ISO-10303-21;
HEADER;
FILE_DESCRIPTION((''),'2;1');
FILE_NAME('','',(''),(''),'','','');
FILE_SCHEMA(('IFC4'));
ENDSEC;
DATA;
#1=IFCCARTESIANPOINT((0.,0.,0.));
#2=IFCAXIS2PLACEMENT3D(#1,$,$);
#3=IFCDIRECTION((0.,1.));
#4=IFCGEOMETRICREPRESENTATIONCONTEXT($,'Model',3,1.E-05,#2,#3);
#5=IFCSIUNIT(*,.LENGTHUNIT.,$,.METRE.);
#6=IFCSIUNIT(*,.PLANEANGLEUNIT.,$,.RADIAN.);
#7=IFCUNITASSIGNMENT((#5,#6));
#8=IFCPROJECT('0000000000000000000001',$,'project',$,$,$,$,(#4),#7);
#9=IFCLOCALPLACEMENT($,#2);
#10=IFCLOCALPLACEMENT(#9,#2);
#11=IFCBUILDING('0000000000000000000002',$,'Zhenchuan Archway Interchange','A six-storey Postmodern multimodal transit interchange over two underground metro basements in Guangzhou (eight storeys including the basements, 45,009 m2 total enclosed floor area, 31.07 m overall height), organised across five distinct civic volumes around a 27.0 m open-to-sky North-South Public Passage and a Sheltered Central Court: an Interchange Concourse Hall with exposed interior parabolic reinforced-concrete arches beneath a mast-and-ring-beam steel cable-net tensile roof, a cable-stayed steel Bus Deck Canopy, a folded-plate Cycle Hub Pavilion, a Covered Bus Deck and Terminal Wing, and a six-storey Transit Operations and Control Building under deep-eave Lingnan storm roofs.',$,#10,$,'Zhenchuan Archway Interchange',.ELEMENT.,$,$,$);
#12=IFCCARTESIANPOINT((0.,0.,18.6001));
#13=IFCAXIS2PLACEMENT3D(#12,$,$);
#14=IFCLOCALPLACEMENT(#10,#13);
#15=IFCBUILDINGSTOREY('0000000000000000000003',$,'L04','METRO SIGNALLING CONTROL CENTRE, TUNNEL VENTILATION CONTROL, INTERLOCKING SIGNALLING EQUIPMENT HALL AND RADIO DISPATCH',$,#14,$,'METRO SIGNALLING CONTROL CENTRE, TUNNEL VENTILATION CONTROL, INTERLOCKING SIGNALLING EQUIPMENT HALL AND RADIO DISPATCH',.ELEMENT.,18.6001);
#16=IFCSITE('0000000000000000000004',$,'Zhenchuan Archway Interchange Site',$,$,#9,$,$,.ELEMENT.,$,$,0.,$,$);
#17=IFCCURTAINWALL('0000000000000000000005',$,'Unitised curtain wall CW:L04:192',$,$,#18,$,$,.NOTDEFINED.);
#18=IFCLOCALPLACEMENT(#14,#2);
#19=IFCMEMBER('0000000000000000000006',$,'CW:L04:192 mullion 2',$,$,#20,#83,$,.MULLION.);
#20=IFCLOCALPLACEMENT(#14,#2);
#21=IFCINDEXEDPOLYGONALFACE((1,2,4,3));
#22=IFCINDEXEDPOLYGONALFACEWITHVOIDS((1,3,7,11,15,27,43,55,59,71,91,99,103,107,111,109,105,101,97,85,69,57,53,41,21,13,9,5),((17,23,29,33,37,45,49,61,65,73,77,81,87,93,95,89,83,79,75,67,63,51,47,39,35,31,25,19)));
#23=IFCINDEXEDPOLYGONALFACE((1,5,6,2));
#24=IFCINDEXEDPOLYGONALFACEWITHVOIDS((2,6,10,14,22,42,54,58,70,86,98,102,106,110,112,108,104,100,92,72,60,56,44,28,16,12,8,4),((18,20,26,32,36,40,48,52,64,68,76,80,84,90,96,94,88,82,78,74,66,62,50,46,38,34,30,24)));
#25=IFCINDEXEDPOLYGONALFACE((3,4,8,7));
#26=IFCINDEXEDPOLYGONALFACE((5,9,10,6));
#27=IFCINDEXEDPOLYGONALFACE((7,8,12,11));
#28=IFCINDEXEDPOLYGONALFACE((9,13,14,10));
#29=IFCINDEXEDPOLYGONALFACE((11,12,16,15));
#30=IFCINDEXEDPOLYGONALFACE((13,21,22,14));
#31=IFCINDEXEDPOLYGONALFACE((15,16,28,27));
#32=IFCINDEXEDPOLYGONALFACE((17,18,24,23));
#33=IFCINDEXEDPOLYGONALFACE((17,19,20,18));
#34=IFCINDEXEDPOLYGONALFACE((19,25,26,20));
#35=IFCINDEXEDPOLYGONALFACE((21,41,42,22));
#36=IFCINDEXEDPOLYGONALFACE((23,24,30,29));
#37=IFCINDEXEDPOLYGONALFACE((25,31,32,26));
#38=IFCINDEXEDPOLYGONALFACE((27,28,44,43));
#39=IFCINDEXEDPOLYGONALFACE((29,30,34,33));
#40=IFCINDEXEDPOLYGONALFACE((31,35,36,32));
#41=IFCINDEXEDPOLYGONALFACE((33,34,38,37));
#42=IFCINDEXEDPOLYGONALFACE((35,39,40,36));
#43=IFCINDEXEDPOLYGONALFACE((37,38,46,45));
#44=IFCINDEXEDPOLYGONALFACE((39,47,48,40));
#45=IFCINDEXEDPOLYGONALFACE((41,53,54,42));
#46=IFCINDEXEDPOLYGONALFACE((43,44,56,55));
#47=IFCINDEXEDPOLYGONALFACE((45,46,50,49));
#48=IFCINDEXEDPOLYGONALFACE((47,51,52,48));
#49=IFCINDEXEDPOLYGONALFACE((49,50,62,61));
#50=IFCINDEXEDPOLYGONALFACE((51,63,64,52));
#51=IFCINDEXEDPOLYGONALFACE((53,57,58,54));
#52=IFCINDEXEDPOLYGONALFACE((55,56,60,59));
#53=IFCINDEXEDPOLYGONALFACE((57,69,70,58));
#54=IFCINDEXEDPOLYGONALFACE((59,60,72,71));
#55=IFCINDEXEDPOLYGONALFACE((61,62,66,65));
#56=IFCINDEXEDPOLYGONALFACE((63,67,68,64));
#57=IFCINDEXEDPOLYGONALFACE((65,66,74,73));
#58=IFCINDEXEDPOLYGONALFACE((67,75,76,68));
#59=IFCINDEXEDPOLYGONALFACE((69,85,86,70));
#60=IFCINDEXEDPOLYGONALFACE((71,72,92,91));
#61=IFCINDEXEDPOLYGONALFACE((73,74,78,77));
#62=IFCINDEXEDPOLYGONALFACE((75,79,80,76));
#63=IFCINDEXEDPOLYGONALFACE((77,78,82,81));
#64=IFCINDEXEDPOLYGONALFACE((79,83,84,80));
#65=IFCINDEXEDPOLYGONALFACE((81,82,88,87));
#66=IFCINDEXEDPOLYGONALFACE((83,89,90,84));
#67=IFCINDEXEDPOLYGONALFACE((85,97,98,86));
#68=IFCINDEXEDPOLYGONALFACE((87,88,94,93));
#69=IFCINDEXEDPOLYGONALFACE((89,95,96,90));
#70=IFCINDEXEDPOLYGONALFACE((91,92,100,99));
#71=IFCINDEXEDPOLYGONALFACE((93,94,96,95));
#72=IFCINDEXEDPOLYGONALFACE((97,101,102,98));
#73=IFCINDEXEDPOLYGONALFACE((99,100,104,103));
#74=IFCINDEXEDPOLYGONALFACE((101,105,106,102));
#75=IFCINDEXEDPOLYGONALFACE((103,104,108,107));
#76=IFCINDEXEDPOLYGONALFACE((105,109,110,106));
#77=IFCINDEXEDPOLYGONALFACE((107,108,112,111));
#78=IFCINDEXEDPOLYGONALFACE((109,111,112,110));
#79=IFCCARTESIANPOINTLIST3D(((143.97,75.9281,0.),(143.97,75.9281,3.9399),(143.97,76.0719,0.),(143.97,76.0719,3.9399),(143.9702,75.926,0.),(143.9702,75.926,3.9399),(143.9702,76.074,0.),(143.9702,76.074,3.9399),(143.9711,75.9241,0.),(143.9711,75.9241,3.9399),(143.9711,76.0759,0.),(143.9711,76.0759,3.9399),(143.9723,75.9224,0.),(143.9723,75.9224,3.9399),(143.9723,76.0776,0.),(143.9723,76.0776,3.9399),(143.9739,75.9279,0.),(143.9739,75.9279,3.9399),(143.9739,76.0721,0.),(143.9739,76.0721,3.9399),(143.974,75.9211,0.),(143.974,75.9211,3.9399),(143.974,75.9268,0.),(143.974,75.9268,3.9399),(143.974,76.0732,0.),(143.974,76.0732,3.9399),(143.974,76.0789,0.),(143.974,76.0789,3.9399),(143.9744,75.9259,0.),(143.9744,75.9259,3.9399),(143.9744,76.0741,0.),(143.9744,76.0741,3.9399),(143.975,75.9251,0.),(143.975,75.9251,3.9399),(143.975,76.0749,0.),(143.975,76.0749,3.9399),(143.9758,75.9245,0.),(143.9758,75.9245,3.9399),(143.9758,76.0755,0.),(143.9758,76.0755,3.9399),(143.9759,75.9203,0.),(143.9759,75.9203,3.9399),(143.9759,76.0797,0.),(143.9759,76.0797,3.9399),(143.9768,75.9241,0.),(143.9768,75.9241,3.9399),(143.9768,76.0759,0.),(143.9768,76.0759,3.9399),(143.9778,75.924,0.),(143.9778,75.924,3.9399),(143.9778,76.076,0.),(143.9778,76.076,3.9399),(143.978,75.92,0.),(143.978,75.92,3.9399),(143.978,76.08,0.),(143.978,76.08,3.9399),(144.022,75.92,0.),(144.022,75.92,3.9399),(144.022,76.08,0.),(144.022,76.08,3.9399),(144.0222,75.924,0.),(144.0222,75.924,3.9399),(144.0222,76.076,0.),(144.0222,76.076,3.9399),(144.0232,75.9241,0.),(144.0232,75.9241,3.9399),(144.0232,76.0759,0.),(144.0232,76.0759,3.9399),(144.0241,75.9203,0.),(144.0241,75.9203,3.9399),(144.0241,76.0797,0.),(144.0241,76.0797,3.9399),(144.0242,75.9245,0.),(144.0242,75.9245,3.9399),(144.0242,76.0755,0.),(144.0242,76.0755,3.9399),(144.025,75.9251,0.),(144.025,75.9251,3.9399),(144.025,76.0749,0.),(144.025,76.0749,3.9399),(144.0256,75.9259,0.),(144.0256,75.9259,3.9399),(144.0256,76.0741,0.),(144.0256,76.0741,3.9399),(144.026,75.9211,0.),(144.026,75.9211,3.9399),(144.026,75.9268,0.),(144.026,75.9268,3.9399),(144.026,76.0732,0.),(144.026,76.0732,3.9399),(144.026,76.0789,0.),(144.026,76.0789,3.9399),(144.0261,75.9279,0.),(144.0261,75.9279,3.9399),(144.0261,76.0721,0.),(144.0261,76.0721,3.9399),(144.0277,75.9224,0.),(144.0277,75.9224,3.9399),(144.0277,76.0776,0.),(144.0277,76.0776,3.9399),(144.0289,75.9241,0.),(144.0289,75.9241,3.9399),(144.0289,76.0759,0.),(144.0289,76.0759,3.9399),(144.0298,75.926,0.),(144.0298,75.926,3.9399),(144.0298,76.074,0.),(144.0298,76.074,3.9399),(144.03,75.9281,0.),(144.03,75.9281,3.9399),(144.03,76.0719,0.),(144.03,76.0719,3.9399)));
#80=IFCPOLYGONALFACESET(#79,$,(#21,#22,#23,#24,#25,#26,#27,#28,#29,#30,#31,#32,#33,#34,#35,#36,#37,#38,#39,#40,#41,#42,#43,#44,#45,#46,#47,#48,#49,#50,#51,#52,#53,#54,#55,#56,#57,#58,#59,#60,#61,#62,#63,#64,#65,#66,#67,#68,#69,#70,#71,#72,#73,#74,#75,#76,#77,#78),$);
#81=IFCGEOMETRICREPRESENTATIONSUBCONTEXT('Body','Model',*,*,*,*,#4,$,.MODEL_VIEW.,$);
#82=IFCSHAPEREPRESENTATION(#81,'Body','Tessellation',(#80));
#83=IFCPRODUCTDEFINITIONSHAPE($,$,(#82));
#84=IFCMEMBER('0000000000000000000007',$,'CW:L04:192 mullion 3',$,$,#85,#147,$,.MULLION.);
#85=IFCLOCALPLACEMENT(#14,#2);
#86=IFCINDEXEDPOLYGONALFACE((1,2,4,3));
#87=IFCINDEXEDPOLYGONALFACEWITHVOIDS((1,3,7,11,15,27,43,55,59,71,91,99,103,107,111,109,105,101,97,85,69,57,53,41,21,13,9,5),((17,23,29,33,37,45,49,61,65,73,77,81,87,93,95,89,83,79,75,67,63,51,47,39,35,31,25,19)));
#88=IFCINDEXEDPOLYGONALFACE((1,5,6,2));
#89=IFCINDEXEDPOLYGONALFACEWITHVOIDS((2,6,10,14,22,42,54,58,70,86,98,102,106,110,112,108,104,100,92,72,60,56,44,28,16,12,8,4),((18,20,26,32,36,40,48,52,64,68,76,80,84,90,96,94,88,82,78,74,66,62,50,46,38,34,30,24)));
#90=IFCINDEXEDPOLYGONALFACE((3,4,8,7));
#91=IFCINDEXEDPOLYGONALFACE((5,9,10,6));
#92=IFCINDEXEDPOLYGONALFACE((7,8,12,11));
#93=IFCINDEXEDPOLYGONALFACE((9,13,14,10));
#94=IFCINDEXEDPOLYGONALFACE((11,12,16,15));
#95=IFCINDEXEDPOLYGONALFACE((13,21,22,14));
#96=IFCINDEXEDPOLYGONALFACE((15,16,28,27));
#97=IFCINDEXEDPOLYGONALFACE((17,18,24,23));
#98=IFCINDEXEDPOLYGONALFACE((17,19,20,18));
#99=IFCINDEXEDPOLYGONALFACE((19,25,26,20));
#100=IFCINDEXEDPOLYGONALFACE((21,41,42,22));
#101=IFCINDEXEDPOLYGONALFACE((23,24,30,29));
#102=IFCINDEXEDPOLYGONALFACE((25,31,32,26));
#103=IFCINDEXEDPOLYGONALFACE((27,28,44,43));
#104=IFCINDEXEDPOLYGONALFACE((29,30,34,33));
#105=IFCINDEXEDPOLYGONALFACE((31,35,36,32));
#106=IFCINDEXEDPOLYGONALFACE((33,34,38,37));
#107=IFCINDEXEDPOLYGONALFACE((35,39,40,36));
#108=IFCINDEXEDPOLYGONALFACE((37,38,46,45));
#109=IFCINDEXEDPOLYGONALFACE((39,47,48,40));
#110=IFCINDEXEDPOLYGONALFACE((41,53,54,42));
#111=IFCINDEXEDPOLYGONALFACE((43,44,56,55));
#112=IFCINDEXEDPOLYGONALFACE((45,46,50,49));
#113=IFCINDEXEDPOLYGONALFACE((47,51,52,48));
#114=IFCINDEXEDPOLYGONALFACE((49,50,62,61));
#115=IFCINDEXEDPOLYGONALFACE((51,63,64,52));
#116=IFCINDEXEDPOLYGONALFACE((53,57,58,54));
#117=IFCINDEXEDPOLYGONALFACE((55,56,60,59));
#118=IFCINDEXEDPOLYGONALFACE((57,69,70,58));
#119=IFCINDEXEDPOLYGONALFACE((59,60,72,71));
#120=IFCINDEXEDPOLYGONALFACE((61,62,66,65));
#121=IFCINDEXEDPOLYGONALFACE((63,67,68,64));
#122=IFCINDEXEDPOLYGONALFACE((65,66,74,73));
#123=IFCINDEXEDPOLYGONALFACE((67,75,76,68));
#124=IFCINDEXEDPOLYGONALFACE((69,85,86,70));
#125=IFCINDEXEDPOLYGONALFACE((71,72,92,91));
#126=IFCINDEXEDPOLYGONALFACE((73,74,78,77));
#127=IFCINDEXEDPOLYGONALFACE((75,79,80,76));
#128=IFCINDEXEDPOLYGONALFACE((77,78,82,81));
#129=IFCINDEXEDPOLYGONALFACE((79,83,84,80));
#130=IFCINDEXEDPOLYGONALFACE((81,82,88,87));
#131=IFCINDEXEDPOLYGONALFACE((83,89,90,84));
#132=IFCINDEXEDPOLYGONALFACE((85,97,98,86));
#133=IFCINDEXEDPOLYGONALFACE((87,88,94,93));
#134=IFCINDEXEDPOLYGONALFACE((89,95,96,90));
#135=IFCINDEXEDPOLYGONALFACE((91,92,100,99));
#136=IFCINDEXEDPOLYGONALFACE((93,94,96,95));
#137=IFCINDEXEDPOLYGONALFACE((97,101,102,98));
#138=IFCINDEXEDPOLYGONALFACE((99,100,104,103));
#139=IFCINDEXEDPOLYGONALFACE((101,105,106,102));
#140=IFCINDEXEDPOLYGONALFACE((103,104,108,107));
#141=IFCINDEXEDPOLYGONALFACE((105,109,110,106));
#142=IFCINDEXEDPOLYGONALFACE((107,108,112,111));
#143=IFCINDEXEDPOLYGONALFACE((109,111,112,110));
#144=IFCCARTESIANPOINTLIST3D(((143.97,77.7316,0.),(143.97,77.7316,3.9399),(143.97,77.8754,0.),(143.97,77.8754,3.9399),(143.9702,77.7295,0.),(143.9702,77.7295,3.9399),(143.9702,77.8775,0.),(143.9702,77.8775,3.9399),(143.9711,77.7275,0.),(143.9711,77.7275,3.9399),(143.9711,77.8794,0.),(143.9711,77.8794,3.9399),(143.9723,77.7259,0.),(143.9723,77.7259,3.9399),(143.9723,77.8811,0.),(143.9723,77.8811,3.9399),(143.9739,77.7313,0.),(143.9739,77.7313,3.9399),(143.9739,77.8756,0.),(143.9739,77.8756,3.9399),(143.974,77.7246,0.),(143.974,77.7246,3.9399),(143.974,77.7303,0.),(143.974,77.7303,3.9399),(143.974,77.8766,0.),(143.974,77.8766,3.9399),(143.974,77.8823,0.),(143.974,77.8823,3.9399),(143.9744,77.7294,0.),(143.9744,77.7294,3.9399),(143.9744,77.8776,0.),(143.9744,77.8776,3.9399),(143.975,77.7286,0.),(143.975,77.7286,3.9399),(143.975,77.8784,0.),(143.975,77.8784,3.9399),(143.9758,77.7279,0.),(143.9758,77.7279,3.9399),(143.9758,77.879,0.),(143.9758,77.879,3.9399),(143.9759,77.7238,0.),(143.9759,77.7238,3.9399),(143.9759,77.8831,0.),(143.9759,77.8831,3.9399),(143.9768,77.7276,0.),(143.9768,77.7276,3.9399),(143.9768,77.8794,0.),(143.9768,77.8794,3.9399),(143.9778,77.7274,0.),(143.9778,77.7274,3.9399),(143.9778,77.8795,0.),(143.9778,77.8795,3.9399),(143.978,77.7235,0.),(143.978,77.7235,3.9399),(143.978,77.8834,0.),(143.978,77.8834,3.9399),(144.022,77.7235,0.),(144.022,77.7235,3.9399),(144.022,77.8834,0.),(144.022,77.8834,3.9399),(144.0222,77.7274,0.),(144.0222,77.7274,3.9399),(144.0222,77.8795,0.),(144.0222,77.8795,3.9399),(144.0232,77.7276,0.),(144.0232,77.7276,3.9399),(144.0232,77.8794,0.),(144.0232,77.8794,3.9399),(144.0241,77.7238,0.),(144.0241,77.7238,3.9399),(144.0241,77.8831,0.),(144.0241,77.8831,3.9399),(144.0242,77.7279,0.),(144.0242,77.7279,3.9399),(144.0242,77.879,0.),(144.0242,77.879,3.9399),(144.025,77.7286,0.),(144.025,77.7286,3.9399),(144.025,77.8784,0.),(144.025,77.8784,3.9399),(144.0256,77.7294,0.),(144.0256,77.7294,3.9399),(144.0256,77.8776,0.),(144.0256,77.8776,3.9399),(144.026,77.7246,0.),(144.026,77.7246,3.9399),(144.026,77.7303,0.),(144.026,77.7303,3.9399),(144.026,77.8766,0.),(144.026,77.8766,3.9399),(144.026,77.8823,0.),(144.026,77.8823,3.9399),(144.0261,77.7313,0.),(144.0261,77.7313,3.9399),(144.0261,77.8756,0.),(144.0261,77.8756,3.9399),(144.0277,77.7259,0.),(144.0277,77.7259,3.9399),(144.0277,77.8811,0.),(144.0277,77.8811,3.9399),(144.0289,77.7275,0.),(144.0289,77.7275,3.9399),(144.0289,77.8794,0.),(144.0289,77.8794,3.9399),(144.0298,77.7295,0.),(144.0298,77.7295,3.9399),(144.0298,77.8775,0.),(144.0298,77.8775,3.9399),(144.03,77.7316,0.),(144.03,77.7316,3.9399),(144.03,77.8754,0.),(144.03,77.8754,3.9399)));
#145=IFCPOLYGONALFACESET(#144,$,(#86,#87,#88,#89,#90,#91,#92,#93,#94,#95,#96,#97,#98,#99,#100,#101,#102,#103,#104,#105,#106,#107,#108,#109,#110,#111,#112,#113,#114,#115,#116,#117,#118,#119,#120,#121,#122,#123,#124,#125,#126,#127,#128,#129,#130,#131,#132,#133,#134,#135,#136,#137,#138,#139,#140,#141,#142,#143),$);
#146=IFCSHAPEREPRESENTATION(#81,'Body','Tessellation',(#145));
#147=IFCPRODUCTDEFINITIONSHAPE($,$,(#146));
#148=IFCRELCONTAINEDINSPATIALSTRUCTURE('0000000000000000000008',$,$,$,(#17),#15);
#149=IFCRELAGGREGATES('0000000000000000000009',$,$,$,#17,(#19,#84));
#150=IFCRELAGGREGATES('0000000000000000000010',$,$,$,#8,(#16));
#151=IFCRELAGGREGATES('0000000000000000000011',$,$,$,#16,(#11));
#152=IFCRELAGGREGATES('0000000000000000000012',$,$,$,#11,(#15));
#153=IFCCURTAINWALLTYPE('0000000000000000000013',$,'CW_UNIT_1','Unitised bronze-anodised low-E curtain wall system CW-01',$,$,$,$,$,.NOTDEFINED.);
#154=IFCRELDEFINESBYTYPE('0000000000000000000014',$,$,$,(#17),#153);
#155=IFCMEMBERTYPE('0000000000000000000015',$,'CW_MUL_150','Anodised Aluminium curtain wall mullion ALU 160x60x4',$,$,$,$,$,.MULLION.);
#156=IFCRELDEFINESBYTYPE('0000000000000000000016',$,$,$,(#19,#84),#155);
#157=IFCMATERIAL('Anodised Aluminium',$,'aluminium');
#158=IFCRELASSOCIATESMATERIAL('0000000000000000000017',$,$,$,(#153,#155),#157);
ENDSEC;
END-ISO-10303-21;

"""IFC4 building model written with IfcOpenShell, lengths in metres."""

from ifc_helpers import new_model, si_unit, direction, frame, origin, origin_2d, place, context, subcontext, project, spatial, hollow_rectangle, extrude, material, material_profile, profile_set, type_object, element, aggregate, save


model = new_model("IFC4")

# Units and contexts
model_context = context("Model", 3, precision=1e-05, world=origin(), true_north=direction((0.0, 1.0)))
body_context = subcontext(model_context, "Body", "Model", "MODEL_VIEW")
ifc_project = project(units=[si_unit("LENGTHUNIT", "METRE"), si_unit("PLANEANGLEUNIT", "RADIAN")], contexts=[model_context])

# Site, building, storey
site_placement = place(None, origin())
site = spatial("IfcSite", under=ifc_project, at=site_placement, Name="Zhenchuan Archway Interchange Site", CompositionType="ELEMENT", RefElevation=0.0)
building_placement = place(site_placement, origin())
building = spatial("IfcBuilding", under=site, at=building_placement, Name="Zhenchuan Archway Interchange", Description="A six-storey Postmodern multimodal transit interchange over two underground metro basements in Guangzhou (eight storeys including the basements, 45,009 m2 total enclosed floor area, 31.07 m overall height), organised across five distinct civic volumes around a 27.0 m open-to-sky North-South Public Passage and a Sheltered Central Court: an Interchange Concourse Hall with exposed interior parabolic reinforced-concrete arches beneath a mast-and-ring-beam steel cable-net tensile roof, a cable-stayed steel Bus Deck Canopy, a folded-plate Cycle Hub Pavilion, a Covered Bus Deck and Terminal Wing, and a six-storey Transit Operations and Control Building under deep-eave Lingnan storm roofs.", LongName="Zhenchuan Archway Interchange", CompositionType="ELEMENT")
storey_placement = place(building_placement, frame((0.0, 0.0, 18.6001)))
storey = spatial("IfcBuildingStorey", under=building, at=storey_placement, Name="L04", Description="METRO SIGNALLING CONTROL CENTRE, TUNNEL VENTILATION CONTROL, INTERLOCKING SIGNALLING EQUIPMENT HALL AND RADIO DISPATCH", LongName="METRO SIGNALLING CONTROL CENTRE, TUNNEL VENTILATION CONTROL, INTERLOCKING SIGNALLING EQUIPMENT HALL AND RADIO DISPATCH", CompositionType="ELEMENT", Elevation=18.6001)

# Curtain wall, members
ifc_material_1 = material(Name="Anodised Aluminium", Category="aluminium")
curtain_wall_type = type_object("IfcCurtainWallType", Name="CW_UNIT_1", Description="Unitised bronze-anodised low-E curtain wall system CW-01", PredefinedType="NOTDEFINED", material=ifc_material_1)
curtain_wall_placement = place(storey_placement, origin())
curtain_wall = element("IfcCurtainWall", 1, at=curtain_wall_placement, inside=storey, type_object=curtain_wall_type, Name="Unitised curtain wall CW:L04:192", PredefinedType="NOTDEFINED")
ifc_material_profile_1 = material_profile(ifc_material_1, hollow_rectangle(XDim=0.0601, YDim=0.1599, WallThickness=0.0039, InnerFilletRadius=0.0039, OuterFilletRadius=0.0081, at=origin_2d()), Name="ALU 160x60x4")
ifc_profile_set_1 = profile_set([ifc_material_profile_1], Name="Anodised Aluminium")
member_type_1 = type_object("IfcMemberType", Name="CW_MUL_150", Description="Anodised Aluminium curtain wall mullion ALU 160x60x4", PredefinedType="MULLION", material=ifc_profile_set_1)
member_1_placement = place(storey_placement, frame((144.0, 76.0, 0.0), z_axis=(0.0, 0.0, 1.0), x_axis=(1.0, 0.0, 0.0)))
member_1 = element("IfcMember", 2, at=member_1_placement, type_object=member_type_1, Name="CW:L04:192 mullion 2", PredefinedType="MULLION", context=body_context, shape_type="SweptSolid", body=[
    extrude(hollow_rectangle(XDim=0.0601, YDim=0.1599, WallThickness=0.0039, InnerFilletRadius=0.0039, OuterFilletRadius=0.0081, at=origin_2d()), origin(), (0.0, 0.0, 1.0), 3.9399),
])
member_2_placement = place(storey_placement, frame((144.0, 77.8035, 0.0), z_axis=(0.0, 0.0, 1.0), x_axis=(1.0, 0.0, 0.0)))
member_2 = element("IfcMember", 3, at=member_2_placement, type_object=member_type_1, Name="CW:L04:192 mullion 3", PredefinedType="MULLION", context=body_context, shape_type="SweptSolid", body=[
    extrude(hollow_rectangle(XDim=0.0601, YDim=0.1599, WallThickness=0.0039, InnerFilletRadius=0.0039, OuterFilletRadius=0.0081, at=origin_2d()), origin(), (0.0, 0.0, 1.0), 3.9399),
])

aggregate(curtain_wall, [member_1, member_2])

save(model, "model.ifc")
